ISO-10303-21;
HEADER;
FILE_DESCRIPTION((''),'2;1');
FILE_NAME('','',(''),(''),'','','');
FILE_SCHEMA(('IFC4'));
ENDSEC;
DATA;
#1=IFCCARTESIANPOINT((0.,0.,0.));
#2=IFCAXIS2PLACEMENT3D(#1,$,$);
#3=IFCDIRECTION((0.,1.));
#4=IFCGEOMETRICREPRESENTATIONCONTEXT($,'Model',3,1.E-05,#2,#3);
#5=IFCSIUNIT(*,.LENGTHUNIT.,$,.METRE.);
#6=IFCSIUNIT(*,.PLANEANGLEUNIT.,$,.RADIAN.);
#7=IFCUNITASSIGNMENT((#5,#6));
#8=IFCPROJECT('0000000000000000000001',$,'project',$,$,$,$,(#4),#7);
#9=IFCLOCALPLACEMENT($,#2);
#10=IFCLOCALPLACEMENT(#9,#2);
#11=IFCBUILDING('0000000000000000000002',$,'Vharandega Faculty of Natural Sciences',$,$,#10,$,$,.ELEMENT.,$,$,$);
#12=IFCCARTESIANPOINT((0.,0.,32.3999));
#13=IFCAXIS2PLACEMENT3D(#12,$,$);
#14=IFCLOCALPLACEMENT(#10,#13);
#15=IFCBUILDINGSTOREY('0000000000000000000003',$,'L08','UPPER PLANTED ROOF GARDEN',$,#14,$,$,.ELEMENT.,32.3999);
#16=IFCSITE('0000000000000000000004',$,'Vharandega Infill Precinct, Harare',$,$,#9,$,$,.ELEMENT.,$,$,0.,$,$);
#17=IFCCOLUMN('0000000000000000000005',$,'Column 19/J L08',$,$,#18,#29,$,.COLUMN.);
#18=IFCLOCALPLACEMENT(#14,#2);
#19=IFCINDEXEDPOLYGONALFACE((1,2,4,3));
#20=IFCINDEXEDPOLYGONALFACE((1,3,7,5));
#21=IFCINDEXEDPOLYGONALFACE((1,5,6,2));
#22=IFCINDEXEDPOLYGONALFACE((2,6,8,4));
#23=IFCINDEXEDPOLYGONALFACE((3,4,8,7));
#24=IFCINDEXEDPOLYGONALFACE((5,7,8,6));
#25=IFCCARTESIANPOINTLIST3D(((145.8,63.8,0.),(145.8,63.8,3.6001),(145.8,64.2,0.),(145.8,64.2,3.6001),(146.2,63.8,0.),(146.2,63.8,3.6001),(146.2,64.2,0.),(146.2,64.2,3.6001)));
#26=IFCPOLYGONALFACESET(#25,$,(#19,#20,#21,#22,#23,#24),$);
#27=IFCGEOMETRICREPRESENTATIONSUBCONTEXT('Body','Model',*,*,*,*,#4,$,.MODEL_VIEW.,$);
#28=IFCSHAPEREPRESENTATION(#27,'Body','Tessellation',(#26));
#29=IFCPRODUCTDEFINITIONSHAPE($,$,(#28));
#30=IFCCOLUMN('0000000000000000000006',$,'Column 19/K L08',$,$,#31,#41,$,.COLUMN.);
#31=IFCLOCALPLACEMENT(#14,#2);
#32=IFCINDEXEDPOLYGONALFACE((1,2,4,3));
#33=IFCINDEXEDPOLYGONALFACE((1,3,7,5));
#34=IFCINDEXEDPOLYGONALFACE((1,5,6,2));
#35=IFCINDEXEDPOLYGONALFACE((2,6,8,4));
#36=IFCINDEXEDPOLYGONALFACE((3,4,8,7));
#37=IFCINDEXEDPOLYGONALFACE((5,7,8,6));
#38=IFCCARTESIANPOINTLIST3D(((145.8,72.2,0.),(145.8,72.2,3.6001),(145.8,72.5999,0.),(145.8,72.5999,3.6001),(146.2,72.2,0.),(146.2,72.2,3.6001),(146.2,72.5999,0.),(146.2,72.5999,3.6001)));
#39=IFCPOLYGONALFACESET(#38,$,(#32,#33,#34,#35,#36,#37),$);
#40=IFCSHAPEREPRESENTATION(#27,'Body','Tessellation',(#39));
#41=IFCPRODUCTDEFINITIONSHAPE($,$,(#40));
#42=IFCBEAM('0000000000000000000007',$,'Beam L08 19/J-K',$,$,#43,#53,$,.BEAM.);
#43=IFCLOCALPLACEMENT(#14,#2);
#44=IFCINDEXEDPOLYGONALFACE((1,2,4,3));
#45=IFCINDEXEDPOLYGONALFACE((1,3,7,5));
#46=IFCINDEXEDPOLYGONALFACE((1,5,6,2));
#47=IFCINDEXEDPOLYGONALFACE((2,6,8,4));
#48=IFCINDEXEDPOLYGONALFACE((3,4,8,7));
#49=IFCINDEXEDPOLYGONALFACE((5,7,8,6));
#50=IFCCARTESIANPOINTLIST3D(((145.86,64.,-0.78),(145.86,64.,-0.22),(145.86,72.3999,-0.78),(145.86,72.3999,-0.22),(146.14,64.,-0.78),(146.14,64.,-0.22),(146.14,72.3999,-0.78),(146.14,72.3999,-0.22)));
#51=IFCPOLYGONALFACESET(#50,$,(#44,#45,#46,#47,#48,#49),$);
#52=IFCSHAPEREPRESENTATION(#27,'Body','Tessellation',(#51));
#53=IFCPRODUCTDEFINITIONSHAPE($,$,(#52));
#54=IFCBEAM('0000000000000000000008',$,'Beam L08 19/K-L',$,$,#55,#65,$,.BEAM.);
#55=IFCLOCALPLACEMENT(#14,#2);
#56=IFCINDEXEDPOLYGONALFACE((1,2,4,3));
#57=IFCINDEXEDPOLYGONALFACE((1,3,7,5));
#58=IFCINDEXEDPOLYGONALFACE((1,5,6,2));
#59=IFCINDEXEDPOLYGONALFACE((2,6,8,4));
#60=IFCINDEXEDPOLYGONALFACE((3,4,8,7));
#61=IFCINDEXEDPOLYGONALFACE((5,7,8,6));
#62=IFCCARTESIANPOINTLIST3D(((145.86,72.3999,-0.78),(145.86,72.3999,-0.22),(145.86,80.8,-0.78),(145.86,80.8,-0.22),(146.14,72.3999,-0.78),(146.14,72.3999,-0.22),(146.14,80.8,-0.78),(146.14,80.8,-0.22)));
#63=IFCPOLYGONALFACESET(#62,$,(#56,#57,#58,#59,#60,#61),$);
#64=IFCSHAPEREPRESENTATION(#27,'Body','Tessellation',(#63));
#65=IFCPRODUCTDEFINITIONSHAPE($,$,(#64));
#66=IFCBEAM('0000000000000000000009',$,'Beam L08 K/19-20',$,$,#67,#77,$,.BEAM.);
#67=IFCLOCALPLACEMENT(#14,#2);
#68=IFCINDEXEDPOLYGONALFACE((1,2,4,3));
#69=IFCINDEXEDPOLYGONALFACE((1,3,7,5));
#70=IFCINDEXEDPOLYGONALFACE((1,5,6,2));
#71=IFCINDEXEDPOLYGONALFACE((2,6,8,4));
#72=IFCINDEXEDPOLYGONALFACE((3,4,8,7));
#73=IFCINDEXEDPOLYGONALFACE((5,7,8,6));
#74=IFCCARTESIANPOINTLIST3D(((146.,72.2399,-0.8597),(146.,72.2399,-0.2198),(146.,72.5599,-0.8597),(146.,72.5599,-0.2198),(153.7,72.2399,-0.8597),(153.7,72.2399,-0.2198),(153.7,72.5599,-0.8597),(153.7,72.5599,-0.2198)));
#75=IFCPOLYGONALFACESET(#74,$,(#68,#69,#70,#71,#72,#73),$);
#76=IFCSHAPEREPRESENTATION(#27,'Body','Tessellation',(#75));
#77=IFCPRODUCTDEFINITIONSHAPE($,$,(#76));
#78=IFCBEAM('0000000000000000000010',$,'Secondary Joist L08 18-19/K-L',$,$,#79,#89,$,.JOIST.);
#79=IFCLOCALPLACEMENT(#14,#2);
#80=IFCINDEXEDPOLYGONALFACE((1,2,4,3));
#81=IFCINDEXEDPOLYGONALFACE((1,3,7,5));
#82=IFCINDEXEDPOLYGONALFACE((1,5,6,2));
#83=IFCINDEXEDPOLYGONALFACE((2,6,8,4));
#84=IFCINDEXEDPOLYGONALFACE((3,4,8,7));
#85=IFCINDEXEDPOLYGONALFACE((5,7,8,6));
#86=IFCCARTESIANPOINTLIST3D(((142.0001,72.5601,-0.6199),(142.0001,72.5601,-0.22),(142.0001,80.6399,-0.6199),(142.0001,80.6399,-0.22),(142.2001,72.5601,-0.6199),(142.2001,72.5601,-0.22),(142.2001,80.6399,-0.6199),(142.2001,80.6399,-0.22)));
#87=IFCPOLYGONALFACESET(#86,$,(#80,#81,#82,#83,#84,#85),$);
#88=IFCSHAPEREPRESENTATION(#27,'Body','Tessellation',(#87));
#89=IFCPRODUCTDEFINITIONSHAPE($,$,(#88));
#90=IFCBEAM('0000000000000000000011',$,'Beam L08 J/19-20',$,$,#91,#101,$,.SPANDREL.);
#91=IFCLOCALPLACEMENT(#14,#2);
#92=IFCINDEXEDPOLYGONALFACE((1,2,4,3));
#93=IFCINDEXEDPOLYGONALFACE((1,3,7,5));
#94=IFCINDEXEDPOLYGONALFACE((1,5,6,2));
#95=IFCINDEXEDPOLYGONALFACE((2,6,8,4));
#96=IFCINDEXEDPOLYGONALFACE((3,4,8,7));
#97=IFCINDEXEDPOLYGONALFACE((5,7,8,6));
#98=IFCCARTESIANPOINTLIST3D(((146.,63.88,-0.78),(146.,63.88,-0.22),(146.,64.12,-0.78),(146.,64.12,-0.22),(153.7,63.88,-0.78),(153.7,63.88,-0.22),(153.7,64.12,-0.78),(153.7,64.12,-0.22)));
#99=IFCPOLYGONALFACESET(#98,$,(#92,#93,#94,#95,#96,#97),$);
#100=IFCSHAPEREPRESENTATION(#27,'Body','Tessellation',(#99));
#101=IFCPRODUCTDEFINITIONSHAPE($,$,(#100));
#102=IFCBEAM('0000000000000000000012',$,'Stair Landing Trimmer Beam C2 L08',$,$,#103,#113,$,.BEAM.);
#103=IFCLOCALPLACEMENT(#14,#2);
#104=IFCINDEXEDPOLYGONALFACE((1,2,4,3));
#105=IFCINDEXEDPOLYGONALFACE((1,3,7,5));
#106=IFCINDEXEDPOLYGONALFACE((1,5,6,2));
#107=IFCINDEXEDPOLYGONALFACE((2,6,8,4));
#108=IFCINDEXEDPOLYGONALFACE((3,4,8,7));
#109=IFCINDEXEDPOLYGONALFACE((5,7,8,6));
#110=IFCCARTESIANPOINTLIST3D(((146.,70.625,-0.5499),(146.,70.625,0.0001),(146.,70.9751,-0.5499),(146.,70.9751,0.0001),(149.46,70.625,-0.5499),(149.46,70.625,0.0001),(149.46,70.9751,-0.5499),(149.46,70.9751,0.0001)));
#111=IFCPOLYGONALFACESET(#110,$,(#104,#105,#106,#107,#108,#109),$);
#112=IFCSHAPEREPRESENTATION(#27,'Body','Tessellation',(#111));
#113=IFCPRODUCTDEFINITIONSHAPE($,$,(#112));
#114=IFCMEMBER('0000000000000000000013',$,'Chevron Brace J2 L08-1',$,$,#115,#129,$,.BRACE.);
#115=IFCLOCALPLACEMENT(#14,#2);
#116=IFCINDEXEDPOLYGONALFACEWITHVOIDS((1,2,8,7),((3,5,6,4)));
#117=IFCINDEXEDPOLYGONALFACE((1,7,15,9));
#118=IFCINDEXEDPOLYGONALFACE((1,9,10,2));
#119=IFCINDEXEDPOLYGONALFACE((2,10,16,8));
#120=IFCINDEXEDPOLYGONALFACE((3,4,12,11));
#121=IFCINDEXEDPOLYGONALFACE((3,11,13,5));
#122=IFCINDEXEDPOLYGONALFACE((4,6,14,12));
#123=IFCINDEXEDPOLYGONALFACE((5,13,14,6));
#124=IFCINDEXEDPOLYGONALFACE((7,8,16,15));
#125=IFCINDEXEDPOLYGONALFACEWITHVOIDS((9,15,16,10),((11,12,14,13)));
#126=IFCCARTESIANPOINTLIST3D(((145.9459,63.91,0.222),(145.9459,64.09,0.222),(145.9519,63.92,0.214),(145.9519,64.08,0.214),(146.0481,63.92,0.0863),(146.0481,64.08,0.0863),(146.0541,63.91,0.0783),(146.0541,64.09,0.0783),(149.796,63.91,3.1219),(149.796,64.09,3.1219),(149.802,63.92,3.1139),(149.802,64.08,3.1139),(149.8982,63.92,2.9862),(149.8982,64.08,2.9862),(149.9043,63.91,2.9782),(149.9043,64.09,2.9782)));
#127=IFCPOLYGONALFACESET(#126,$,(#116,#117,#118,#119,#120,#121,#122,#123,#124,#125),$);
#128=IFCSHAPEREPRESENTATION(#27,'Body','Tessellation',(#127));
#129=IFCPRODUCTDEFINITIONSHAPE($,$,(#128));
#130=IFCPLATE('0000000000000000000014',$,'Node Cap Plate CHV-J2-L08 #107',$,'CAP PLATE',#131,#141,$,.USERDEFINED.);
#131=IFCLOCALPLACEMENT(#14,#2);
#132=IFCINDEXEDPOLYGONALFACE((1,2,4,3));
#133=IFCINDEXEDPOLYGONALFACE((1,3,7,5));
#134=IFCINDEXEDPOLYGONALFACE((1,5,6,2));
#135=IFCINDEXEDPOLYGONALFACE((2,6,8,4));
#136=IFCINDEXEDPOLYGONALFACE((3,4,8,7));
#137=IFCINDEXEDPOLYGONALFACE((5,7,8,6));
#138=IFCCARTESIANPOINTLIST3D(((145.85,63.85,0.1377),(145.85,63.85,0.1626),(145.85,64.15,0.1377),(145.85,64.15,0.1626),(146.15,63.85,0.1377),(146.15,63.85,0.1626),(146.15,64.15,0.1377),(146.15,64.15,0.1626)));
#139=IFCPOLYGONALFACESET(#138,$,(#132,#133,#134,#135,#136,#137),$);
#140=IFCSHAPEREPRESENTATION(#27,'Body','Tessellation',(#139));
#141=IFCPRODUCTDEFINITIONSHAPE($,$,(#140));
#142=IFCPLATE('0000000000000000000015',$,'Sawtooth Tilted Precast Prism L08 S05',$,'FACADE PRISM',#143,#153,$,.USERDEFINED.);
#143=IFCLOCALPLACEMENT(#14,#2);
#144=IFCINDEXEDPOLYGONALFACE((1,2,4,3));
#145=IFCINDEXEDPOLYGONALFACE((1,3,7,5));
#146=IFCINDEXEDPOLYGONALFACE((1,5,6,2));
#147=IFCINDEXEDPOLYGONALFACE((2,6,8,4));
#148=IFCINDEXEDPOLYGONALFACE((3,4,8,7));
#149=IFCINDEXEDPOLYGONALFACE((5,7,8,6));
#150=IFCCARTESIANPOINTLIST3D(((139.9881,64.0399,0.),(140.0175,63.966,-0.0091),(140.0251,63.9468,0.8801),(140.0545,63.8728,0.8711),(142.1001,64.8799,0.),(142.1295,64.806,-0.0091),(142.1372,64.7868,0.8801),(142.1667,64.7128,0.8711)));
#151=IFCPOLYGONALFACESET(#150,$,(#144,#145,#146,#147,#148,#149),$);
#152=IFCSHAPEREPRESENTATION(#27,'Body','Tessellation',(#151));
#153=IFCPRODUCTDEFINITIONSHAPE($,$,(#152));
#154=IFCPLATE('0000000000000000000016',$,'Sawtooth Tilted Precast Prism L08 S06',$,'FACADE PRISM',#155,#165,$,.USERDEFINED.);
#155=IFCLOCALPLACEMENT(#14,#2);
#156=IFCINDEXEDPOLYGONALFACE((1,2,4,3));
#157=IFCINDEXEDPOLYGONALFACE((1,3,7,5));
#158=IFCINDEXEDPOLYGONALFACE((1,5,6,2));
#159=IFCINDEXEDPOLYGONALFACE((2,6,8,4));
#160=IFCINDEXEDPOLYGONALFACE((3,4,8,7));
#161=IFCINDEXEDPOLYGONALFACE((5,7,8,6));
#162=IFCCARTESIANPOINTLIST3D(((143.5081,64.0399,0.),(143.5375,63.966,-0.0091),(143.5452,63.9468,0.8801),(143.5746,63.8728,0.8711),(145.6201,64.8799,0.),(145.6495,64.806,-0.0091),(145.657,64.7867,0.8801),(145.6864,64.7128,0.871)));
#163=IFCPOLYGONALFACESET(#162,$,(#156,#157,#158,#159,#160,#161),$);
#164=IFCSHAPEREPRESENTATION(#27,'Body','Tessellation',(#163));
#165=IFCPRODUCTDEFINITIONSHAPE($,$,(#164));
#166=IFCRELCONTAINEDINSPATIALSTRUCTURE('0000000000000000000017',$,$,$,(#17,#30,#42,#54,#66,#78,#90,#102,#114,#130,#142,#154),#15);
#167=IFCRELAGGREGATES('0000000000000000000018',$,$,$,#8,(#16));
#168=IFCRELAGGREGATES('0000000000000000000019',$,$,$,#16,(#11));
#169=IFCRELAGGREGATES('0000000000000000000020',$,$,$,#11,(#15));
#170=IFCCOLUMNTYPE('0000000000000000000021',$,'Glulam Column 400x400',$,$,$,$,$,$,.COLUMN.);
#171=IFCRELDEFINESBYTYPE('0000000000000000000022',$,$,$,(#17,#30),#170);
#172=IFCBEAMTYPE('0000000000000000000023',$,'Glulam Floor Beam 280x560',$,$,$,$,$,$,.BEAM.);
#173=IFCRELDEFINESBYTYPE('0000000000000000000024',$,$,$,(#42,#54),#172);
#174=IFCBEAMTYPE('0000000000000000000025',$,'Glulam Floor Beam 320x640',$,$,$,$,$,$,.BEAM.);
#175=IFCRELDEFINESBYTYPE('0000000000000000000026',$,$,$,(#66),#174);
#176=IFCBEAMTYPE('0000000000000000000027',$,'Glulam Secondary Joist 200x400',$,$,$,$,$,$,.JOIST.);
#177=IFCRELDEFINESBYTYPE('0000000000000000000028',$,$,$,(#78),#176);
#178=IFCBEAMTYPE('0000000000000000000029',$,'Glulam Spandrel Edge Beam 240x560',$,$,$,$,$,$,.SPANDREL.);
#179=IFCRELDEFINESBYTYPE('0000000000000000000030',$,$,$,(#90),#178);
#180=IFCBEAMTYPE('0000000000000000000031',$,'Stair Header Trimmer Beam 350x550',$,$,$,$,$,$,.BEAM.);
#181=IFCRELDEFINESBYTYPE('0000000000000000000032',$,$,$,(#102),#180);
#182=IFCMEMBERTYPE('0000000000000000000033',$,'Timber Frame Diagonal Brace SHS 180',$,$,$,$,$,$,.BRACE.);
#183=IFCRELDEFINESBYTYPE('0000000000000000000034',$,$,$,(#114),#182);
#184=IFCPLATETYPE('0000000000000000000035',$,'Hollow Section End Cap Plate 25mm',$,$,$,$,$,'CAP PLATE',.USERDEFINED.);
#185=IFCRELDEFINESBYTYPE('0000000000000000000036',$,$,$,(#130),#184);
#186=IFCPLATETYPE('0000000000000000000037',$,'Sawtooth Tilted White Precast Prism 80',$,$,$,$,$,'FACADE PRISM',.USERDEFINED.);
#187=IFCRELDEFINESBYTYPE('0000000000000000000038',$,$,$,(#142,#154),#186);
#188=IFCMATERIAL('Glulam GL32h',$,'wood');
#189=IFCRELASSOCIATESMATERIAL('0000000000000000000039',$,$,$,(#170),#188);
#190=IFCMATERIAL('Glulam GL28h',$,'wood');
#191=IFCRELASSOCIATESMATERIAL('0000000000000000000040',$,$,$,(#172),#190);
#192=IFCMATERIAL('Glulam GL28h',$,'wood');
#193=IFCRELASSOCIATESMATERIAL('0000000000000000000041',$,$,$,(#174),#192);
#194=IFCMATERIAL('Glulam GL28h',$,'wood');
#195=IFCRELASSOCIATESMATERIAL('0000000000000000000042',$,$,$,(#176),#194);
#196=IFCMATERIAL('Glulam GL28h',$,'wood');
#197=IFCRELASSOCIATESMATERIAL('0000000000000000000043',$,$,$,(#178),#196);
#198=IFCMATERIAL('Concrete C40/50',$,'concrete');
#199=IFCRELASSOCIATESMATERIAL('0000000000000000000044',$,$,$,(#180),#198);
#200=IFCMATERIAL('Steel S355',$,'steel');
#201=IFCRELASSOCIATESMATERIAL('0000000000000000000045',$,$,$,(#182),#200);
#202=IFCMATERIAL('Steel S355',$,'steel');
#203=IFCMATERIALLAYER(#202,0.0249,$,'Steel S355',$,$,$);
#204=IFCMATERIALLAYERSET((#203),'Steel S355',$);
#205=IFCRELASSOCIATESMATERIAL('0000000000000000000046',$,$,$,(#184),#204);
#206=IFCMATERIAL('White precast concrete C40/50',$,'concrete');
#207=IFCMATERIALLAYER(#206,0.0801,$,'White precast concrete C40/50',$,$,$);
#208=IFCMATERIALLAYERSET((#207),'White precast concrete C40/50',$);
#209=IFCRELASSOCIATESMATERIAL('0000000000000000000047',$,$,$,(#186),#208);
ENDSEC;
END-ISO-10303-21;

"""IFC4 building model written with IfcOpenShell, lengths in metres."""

from ifc_helpers import new_model, si_unit, direction, frame, origin, origin_2d, place, context, subcontext, project, spatial, polyline, rectangle, hollow_rectangle, outline, extrude, material, layer, layer_set, material_profile, profile_set, type_object, element, save


model = new_model("IFC4")

# Units and contexts
model_context = context("Model", 3, precision=1e-05, world=origin(), true_north=direction((0.0, 1.0)))
body_context = subcontext(model_context, "Body", "Model", "MODEL_VIEW")
ifc_project = project(units=[si_unit("LENGTHUNIT", "METRE"), si_unit("PLANEANGLEUNIT", "RADIAN")], contexts=[model_context])

# Site, building, storey
site_placement = place(None, origin())
site = spatial("IfcSite", under=ifc_project, at=site_placement, Name="Vharandega Infill Precinct, Harare", CompositionType="ELEMENT", RefElevation=0.0)
building_placement = place(site_placement, origin())
building = spatial("IfcBuilding", under=site, at=building_placement, Name="Vharandega Faculty of Natural Sciences", CompositionType="ELEMENT")
storey_placement = place(building_placement, frame((0.0, 0.0, 32.3999)))
storey = spatial("IfcBuildingStorey", under=building, at=storey_placement, Name="L08", Description="UPPER PLANTED ROOF GARDEN", CompositionType="ELEMENT", Elevation=32.3999)

# Columns
ifc_material_1 = material(Name="Glulam GL32h", Category="wood")
ifc_material_profile_1 = material_profile(ifc_material_1, rectangle(XDim=0.3999, YDim=0.3999, at=origin_2d()), Name="GL32h 400x400")
ifc_profile_set_1 = profile_set([ifc_material_profile_1], Name="Glulam GL32h")
column_type = type_object("IfcColumnType", Name="Glulam Column 400x400", PredefinedType="COLUMN", material=ifc_profile_set_1)
for number, where, z_axis, x_axis, name in (
    (1, (146.0, 64.0, 0.0), (0.0, 0.0, 1.0), (1.0, 0.0, 0.0), "Column 19/J L08"),
    (2, (146.0, 72.3999, 0.0), (0.0, 0.0, 1.0), (1.0, 0.0, 0.0), "Column 19/K L08"),
):
    element("IfcColumn", number, at=place(storey_placement, frame(where, z_axis=z_axis, x_axis=x_axis)), inside=storey, type_object=column_type, Name=name, PredefinedType="COLUMN", context=body_context, shape_type="SweptSolid", body=[
        extrude(rectangle(XDim=0.3999, YDim=0.3999, at=origin_2d()), origin(), (0.0, 0.0, 1.0), 3.6001),
    ])

# Beams
ifc_material_2 = material(Name="Glulam GL28h", Category="wood")
ifc_material_profile_2 = material_profile(ifc_material_2, rectangle(XDim=0.28, YDim=0.5601, at=origin_2d()), Name="GL28h 280x560")
ifc_profile_set_2 = profile_set([ifc_material_profile_2], Name="Glulam GL28h")
beam_type_1 = type_object("IfcBeamType", Name="Glulam Floor Beam 280x560", PredefinedType="BEAM", material=ifc_profile_set_2)
beam_1_placement = place(storey_placement, frame((146.0, 64.0, -0.5), z_axis=(0.0, 1.0, 0.0), x_axis=(-1.0, 0.0, 0.0)))
element("IfcBeam", 3, at=beam_1_placement, inside=storey, type_object=beam_type_1, Name="Beam L08 19/J-K", PredefinedType="BEAM", context=body_context, shape_type="SweptSolid", body=[
    extrude(rectangle(XDim=0.28, YDim=0.5601, at=origin_2d()), origin(), (0.0, 0.0, 1.0), 8.3999),
])
beam_2_placement = place(storey_placement, frame((146.0, 72.3999, -0.5), z_axis=(0.0, 1.0, 0.0), x_axis=(-1.0, 0.0, 0.0)))
element("IfcBeam", 4, at=beam_2_placement, inside=storey, type_object=beam_type_1, Name="Beam L08 19/K-L", PredefinedType="BEAM", context=body_context, shape_type="SweptSolid", body=[
    extrude(rectangle(XDim=0.28, YDim=0.5601, at=origin_2d()), origin(), (0.0, 0.0, 1.0), 8.4001),
])
ifc_material_3 = material(Name="Glulam GL28h", Category="wood")
ifc_material_profile_3 = material_profile(ifc_material_3, rectangle(XDim=0.3201, YDim=0.6399, at=origin_2d()), Name="GL28h 320x640")
ifc_profile_set_3 = profile_set([ifc_material_profile_3], Name="Glulam GL28h")
beam_type_2 = type_object("IfcBeamType", Name="Glulam Floor Beam 320x640", PredefinedType="BEAM", material=ifc_profile_set_3)
beam_3_placement = place(storey_placement, frame((146.0, 72.3999, -0.5398), z_axis=(1.0, 0.0, 0.0), x_axis=(0.0, 1.0, 0.0)))
element("IfcBeam", 5, at=beam_3_placement, inside=storey, type_object=beam_type_2, Name="Beam L08 K/19-20", PredefinedType="BEAM", context=body_context, shape_type="SweptSolid", body=[
    extrude(rectangle(XDim=0.3201, YDim=0.6399, at=origin_2d()), origin(), (0.0, 0.0, 1.0), 7.7),
])
ifc_material_4 = material(Name="Glulam GL28h", Category="wood")
ifc_material_profile_4 = material_profile(ifc_material_4, rectangle(XDim=0.2, YDim=0.3999, at=origin_2d()), Name="GL28h 200x400")
ifc_profile_set_4 = profile_set([ifc_material_profile_4], Name="Glulam GL28h")
beam_type_3 = type_object("IfcBeamType", Name="Glulam Secondary Joist 200x400", PredefinedType="JOIST", material=ifc_profile_set_4)
beam_4_placement = place(storey_placement, frame((142.1001, 72.5601, -0.4199), z_axis=(0.0, 1.0, 0.0), x_axis=(-1.0, 0.0, 0.0)))
element("IfcBeam", 6, at=beam_4_placement, inside=storey, type_object=beam_type_3, Name="Secondary Joist L08 18-19/K-L", PredefinedType="JOIST", context=body_context, shape_type="SweptSolid", body=[
    extrude(rectangle(XDim=0.2, YDim=0.3999, at=origin_2d()), origin(), (0.0, 0.0, 1.0), 8.0798),
])
ifc_material_5 = material(Name="Glulam GL28h", Category="wood")
ifc_material_profile_5 = material_profile(ifc_material_5, rectangle(XDim=0.24, YDim=0.5601, at=origin_2d()), Name="GL28h 240x560")
ifc_profile_set_5 = profile_set([ifc_material_profile_5], Name="Glulam GL28h")
beam_type_4 = type_object("IfcBeamType", Name="Glulam Spandrel Edge Beam 240x560", PredefinedType="SPANDREL", material=ifc_profile_set_5)
beam_5_placement = place(storey_placement, frame((146.0, 64.0, -0.5), z_axis=(1.0, 0.0, 0.0), x_axis=(0.0, 1.0, 0.0)))
element("IfcBeam", 7, at=beam_5_placement, inside=storey, type_object=beam_type_4, Name="Beam L08 J/19-20", PredefinedType="SPANDREL", context=body_context, shape_type="SweptSolid", body=[
    extrude(rectangle(XDim=0.24, YDim=0.5601, at=origin_2d()), origin(), (0.0, 0.0, 1.0), 7.7),
])
ifc_material_6 = material(Name="Concrete C40/50", Category="concrete")
ifc_material_profile_6 = material_profile(ifc_material_6, rectangle(XDim=0.3501, YDim=0.55, at=origin_2d()), Name="RC 350x550")
ifc_profile_set_6 = profile_set([ifc_material_profile_6], Name="Concrete C40/50")
beam_type_5 = type_object("IfcBeamType", Name="Stair Header Trimmer Beam 350x550", PredefinedType="BEAM", material=ifc_profile_set_6)
beam_6_placement = place(storey_placement, frame((146.0, 70.8, -0.2749), z_axis=(1.0, 0.0, 0.0), x_axis=(0.0, 1.0, 0.0)))
element("IfcBeam", 8, at=beam_6_placement, inside=storey, type_object=beam_type_5, Name="Stair Landing Trimmer Beam C2 L08", PredefinedType="BEAM", context=body_context, shape_type="SweptSolid", body=[
    extrude(rectangle(XDim=0.3501, YDim=0.55, at=origin_2d()), origin(), (0.0, 0.0, 1.0), 3.46),
])

# Member
ifc_material_7 = material(Name="Steel S355", Category="steel")
ifc_material_profile_7 = material_profile(ifc_material_7, hollow_rectangle(XDim=0.1799, YDim=0.1799, WallThickness=0.01, at=origin_2d()), Name="SHS 180x180x10")
ifc_profile_set_7 = profile_set([ifc_material_profile_7], Name="Steel S355")
member_type = type_object("IfcMemberType", Name="Timber Frame Diagonal Brace SHS 180", PredefinedType="BRACE", material=ifc_profile_set_7)
member_placement = place(storey_placement, frame((146.0, 64.0, 0.1501), z_axis=(0.798771, 0.0, 0.601636), x_axis=(0.0, 1.0, 0.0)))
element("IfcMember", 9, at=member_placement, inside=storey, type_object=member_type, Name="Chevron Brace J2 L08-1", PredefinedType="BRACE", context=body_context, shape_type="SweptSolid", body=[
    extrude(hollow_rectangle(XDim=0.1799, YDim=0.1799, WallThickness=0.01, at=origin_2d()), origin(), (0.0, 0.0, 1.0), 4.8201),
])

# Plates
ifc_material_8 = material(Name="Steel S355", Category="steel")
ifc_layer_1 = layer(ifc_material_8, 0.0249, Name="Steel S355")
ifc_layer_set_1 = layer_set([ifc_layer_1], Name="Steel S355")
plate_type_1 = type_object("IfcPlateType", Name="Hollow Section End Cap Plate 25mm", ElementType="CAP PLATE", PredefinedType="USERDEFINED", material=ifc_layer_set_1)
plate_1_placement = place(storey_placement, frame((146.0, 64.0, 0.1377), z_axis=(0.0, 0.0, 1.0), x_axis=(1.0, 0.0, 0.0)))
element("IfcPlate", 10, at=plate_1_placement, inside=storey, type_object=plate_type_1, Name="Node Cap Plate CHV-J2-L08 #107", ObjectType="CAP PLATE", PredefinedType="USERDEFINED", context=body_context, shape_type="SweptSolid", body=[
    extrude(rectangle(XDim=0.3, YDim=0.3, at=origin_2d()), origin(), (0.0, 0.0, 1.0), 0.0249),
])
ifc_material_9 = material(Name="White precast concrete C40/50", Category="concrete")
ifc_layer_2 = layer(ifc_material_9, 0.0801, Name="White precast concrete C40/50")
ifc_layer_set_2 = layer_set([ifc_layer_2], Name="White precast concrete C40/50")
plate_type_2 = type_object("IfcPlateType", Name="Sawtooth Tilted White Precast Prism 80", ElementType="FACADE PRISM", PredefinedType="USERDEFINED", material=ifc_layer_set_2)
plate_2_placement = place(storey_placement, frame((142.1001, 64.8799, 0.0), z_axis=(-0.367173, 0.923241, 0.113184), x_axis=(0.04194, -0.105126, 0.993574)))
element("IfcPlate", 11, at=plate_2_placement, inside=storey, type_object=plate_type_2, Name="Sawtooth Tilted Precast Prism L08 S05", ObjectType="FACADE PRISM", PredefinedType="USERDEFINED", context=body_context, shape_type="SweptSolid", body=[
    extrude(outline(polyline([(0.0, 0.0), (0.8858, 0.0), (0.8855, -2.273), (-0.0003, -2.2729), (0.0, 0.0)])), origin(), (0.0, 0.0, -1.0), 0.0801),
])
plate_3_placement = place(storey_placement, frame((145.6201, 64.8799, 0.0), z_axis=(-0.367193, 0.923239, 0.113133), x_axis=(0.041683, -0.105174, 0.99358)))
element("IfcPlate", 12, at=plate_3_placement, inside=storey, type_object=plate_type_2, Name="Sawtooth Tilted Precast Prism L08 S06", ObjectType="FACADE PRISM", PredefinedType="USERDEFINED", context=body_context, shape_type="SweptSolid", body=[
    extrude(outline(polyline([(0.0, 0.0), (0.8858, 0.0), (0.8861, -2.2728), (0.0003, -2.2729), (0.0, 0.0)])), origin(), (0.0, 0.0, -1.0), 0.0801),
])

save(model, "model.ifc")
